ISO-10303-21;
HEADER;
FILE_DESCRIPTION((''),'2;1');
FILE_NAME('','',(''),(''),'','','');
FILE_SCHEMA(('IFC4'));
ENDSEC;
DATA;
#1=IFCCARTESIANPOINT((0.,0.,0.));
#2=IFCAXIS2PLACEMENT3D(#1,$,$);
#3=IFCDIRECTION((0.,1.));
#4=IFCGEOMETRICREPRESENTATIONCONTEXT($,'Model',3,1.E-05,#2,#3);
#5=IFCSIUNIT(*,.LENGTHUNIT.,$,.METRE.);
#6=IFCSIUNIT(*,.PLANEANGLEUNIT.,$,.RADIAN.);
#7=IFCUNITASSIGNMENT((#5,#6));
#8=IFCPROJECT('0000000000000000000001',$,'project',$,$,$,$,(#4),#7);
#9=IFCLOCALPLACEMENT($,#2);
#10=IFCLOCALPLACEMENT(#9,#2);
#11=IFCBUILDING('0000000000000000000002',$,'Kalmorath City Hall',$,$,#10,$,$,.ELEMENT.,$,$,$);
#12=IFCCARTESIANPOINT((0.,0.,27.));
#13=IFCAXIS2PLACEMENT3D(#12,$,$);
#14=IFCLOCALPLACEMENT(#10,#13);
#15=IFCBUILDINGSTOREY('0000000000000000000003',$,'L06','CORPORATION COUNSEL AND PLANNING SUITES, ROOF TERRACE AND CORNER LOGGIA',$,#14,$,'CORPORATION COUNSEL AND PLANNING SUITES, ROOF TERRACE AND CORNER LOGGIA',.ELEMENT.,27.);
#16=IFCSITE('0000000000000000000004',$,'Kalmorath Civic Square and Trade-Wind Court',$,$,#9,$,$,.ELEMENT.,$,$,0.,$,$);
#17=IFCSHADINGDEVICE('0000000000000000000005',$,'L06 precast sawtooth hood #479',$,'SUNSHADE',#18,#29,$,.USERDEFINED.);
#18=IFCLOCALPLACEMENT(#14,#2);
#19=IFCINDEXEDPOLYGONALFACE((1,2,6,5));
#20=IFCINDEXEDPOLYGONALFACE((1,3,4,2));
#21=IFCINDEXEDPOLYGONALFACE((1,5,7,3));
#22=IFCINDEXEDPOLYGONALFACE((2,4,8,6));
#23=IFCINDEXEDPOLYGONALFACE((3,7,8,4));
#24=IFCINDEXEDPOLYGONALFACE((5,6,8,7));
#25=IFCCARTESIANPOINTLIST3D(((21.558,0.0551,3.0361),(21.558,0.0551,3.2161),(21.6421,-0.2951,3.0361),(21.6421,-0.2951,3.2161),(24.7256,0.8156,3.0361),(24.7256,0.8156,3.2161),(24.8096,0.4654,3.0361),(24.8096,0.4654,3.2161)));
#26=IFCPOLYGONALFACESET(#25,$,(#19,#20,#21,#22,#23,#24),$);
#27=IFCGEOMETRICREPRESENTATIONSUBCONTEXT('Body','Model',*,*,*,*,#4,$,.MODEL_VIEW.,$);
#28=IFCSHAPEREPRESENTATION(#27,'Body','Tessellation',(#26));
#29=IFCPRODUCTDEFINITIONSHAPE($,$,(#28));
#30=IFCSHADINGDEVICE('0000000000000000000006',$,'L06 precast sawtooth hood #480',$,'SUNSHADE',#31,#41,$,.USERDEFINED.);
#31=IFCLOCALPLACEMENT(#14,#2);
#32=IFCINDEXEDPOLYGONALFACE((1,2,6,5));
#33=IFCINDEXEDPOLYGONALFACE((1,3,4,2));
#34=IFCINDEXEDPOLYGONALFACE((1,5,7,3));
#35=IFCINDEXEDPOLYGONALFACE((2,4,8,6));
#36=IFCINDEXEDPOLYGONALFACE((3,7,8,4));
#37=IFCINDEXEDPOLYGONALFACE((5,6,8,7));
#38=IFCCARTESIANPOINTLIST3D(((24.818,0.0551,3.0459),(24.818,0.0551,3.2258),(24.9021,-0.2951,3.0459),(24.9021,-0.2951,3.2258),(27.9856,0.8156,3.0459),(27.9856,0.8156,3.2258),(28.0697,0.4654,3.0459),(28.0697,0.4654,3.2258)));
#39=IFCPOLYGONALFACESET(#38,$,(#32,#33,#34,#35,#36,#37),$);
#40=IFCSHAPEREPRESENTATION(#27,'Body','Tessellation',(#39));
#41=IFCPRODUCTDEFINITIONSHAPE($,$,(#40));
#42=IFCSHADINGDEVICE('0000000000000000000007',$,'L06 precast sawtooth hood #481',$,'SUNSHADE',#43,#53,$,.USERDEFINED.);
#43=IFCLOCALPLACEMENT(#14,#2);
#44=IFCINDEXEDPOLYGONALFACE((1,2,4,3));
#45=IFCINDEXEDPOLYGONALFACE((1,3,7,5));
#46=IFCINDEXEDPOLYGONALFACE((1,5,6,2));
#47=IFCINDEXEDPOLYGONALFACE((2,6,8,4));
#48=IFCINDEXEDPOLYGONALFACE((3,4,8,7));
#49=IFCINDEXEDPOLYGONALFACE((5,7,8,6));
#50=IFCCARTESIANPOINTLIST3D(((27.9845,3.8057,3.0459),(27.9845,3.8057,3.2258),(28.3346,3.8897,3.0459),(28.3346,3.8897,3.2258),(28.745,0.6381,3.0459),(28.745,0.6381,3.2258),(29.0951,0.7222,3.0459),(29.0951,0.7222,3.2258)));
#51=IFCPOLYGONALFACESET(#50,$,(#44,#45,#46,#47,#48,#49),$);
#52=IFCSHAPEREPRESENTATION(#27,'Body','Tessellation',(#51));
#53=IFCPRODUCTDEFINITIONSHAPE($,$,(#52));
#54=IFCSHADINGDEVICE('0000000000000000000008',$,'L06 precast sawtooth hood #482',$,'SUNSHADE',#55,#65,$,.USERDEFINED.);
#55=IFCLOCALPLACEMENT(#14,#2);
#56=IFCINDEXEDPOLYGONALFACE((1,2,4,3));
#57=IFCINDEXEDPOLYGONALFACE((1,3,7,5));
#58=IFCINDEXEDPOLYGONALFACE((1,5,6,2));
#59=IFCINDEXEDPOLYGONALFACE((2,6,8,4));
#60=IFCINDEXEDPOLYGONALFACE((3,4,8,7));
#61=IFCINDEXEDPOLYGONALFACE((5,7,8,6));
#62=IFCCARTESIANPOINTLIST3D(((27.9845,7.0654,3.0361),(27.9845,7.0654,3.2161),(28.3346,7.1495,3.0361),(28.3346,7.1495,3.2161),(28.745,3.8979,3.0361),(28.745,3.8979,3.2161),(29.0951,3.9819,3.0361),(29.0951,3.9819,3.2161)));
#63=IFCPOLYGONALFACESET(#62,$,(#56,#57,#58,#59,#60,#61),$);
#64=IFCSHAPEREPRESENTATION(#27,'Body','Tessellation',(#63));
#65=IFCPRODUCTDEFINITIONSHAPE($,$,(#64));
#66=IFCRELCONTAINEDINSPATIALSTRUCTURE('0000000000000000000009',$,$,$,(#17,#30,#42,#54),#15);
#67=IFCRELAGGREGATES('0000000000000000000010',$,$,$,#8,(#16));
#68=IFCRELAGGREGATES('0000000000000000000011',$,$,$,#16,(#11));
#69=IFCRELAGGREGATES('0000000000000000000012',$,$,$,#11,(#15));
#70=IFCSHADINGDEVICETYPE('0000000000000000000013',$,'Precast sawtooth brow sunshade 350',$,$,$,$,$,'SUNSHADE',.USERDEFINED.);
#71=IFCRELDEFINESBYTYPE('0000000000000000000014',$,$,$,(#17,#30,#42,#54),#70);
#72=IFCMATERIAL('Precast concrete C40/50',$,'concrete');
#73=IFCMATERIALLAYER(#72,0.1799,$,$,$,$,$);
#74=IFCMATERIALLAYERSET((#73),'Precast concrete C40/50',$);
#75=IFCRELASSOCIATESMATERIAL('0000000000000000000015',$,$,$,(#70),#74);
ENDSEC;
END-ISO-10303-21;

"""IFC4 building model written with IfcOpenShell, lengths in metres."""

from ifc_helpers import new_model, si_unit, direction, frame, origin, origin_2d, place, context, subcontext, project, spatial, rectangle, extrude, material, layer, layer_set, type_object, element, save


model = new_model("IFC4")

# Units and contexts
model_context = context("Model", 3, precision=1e-05, world=origin(), true_north=direction((0.0, 1.0)))
body_context = subcontext(model_context, "Body", "Model", "MODEL_VIEW")
ifc_project = project(units=[si_unit("LENGTHUNIT", "METRE"), si_unit("PLANEANGLEUNIT", "RADIAN")], contexts=[model_context])

# Site, building, storey
site_placement = place(None, origin())
site = spatial("IfcSite", under=ifc_project, at=site_placement, Name="Kalmorath Civic Square and Trade-Wind Court", CompositionType="ELEMENT", RefElevation=0.0)
building_placement = place(site_placement, origin())
building = spatial("IfcBuilding", under=site, at=building_placement, Name="Kalmorath City Hall", CompositionType="ELEMENT")
storey_placement = place(building_placement, frame((0.0, 0.0, 27.0)))
storey = spatial("IfcBuildingStorey", under=building, at=storey_placement, Name="L06", Description="CORPORATION COUNSEL AND PLANNING SUITES, ROOF TERRACE AND CORNER LOGGIA", LongName="CORPORATION COUNSEL AND PLANNING SUITES, ROOF TERRACE AND CORNER LOGGIA", CompositionType="ELEMENT", Elevation=27.0)

# Shading devices
ifc_material_1 = material(Name="Precast concrete C40/50", Category="concrete")
ifc_layer_1 = layer(ifc_material_1, 0.1799)
ifc_layer_set_1 = layer_set([ifc_layer_1], Name="Precast concrete C40/50")
shading_device_type = type_object("IfcShadingDeviceType", Name="Precast sawtooth brow sunshade 350", ElementType="SUNSHADE", PredefinedType="USERDEFINED", material=ifc_layer_set_1)
for number, where, z_axis, x_axis, name in (
    (1, (23.1838, 0.2603, 3.0361), (0.0, 0.0, 1.0), (0.972366, 0.233462, 0.0), "L06 precast sawtooth hood #479"),
    (2, (26.4438, 0.2603, 3.0459), (0.0, 0.0, 1.0), (0.972366, 0.233462, 0.0), "L06 precast sawtooth hood #480"),
    (3, (28.5398, 2.2639, 3.0459), (0.0, 0.0, 1.0), (-0.233462, 0.972366, 0.0), "L06 precast sawtooth hood #481"),
    (4, (28.5398, 5.5237, 3.0361), (0.0, 0.0, 1.0), (-0.233462, 0.972366, 0.0), "L06 precast sawtooth hood #482"),
):
    element("IfcShadingDevice", number, at=place(storey_placement, frame(where, z_axis=z_axis, x_axis=x_axis)), inside=storey, type_object=shading_device_type, Name=name, ObjectType="SUNSHADE", PredefinedType="USERDEFINED", context=body_context, shape_type="SweptSolid", body=[
        extrude(rectangle(XDim=3.2576, YDim=0.3601, at=origin_2d()), origin(), (0.0, 0.0, 1.0), 0.1799),
    ])

save(model, "model.ifc")
